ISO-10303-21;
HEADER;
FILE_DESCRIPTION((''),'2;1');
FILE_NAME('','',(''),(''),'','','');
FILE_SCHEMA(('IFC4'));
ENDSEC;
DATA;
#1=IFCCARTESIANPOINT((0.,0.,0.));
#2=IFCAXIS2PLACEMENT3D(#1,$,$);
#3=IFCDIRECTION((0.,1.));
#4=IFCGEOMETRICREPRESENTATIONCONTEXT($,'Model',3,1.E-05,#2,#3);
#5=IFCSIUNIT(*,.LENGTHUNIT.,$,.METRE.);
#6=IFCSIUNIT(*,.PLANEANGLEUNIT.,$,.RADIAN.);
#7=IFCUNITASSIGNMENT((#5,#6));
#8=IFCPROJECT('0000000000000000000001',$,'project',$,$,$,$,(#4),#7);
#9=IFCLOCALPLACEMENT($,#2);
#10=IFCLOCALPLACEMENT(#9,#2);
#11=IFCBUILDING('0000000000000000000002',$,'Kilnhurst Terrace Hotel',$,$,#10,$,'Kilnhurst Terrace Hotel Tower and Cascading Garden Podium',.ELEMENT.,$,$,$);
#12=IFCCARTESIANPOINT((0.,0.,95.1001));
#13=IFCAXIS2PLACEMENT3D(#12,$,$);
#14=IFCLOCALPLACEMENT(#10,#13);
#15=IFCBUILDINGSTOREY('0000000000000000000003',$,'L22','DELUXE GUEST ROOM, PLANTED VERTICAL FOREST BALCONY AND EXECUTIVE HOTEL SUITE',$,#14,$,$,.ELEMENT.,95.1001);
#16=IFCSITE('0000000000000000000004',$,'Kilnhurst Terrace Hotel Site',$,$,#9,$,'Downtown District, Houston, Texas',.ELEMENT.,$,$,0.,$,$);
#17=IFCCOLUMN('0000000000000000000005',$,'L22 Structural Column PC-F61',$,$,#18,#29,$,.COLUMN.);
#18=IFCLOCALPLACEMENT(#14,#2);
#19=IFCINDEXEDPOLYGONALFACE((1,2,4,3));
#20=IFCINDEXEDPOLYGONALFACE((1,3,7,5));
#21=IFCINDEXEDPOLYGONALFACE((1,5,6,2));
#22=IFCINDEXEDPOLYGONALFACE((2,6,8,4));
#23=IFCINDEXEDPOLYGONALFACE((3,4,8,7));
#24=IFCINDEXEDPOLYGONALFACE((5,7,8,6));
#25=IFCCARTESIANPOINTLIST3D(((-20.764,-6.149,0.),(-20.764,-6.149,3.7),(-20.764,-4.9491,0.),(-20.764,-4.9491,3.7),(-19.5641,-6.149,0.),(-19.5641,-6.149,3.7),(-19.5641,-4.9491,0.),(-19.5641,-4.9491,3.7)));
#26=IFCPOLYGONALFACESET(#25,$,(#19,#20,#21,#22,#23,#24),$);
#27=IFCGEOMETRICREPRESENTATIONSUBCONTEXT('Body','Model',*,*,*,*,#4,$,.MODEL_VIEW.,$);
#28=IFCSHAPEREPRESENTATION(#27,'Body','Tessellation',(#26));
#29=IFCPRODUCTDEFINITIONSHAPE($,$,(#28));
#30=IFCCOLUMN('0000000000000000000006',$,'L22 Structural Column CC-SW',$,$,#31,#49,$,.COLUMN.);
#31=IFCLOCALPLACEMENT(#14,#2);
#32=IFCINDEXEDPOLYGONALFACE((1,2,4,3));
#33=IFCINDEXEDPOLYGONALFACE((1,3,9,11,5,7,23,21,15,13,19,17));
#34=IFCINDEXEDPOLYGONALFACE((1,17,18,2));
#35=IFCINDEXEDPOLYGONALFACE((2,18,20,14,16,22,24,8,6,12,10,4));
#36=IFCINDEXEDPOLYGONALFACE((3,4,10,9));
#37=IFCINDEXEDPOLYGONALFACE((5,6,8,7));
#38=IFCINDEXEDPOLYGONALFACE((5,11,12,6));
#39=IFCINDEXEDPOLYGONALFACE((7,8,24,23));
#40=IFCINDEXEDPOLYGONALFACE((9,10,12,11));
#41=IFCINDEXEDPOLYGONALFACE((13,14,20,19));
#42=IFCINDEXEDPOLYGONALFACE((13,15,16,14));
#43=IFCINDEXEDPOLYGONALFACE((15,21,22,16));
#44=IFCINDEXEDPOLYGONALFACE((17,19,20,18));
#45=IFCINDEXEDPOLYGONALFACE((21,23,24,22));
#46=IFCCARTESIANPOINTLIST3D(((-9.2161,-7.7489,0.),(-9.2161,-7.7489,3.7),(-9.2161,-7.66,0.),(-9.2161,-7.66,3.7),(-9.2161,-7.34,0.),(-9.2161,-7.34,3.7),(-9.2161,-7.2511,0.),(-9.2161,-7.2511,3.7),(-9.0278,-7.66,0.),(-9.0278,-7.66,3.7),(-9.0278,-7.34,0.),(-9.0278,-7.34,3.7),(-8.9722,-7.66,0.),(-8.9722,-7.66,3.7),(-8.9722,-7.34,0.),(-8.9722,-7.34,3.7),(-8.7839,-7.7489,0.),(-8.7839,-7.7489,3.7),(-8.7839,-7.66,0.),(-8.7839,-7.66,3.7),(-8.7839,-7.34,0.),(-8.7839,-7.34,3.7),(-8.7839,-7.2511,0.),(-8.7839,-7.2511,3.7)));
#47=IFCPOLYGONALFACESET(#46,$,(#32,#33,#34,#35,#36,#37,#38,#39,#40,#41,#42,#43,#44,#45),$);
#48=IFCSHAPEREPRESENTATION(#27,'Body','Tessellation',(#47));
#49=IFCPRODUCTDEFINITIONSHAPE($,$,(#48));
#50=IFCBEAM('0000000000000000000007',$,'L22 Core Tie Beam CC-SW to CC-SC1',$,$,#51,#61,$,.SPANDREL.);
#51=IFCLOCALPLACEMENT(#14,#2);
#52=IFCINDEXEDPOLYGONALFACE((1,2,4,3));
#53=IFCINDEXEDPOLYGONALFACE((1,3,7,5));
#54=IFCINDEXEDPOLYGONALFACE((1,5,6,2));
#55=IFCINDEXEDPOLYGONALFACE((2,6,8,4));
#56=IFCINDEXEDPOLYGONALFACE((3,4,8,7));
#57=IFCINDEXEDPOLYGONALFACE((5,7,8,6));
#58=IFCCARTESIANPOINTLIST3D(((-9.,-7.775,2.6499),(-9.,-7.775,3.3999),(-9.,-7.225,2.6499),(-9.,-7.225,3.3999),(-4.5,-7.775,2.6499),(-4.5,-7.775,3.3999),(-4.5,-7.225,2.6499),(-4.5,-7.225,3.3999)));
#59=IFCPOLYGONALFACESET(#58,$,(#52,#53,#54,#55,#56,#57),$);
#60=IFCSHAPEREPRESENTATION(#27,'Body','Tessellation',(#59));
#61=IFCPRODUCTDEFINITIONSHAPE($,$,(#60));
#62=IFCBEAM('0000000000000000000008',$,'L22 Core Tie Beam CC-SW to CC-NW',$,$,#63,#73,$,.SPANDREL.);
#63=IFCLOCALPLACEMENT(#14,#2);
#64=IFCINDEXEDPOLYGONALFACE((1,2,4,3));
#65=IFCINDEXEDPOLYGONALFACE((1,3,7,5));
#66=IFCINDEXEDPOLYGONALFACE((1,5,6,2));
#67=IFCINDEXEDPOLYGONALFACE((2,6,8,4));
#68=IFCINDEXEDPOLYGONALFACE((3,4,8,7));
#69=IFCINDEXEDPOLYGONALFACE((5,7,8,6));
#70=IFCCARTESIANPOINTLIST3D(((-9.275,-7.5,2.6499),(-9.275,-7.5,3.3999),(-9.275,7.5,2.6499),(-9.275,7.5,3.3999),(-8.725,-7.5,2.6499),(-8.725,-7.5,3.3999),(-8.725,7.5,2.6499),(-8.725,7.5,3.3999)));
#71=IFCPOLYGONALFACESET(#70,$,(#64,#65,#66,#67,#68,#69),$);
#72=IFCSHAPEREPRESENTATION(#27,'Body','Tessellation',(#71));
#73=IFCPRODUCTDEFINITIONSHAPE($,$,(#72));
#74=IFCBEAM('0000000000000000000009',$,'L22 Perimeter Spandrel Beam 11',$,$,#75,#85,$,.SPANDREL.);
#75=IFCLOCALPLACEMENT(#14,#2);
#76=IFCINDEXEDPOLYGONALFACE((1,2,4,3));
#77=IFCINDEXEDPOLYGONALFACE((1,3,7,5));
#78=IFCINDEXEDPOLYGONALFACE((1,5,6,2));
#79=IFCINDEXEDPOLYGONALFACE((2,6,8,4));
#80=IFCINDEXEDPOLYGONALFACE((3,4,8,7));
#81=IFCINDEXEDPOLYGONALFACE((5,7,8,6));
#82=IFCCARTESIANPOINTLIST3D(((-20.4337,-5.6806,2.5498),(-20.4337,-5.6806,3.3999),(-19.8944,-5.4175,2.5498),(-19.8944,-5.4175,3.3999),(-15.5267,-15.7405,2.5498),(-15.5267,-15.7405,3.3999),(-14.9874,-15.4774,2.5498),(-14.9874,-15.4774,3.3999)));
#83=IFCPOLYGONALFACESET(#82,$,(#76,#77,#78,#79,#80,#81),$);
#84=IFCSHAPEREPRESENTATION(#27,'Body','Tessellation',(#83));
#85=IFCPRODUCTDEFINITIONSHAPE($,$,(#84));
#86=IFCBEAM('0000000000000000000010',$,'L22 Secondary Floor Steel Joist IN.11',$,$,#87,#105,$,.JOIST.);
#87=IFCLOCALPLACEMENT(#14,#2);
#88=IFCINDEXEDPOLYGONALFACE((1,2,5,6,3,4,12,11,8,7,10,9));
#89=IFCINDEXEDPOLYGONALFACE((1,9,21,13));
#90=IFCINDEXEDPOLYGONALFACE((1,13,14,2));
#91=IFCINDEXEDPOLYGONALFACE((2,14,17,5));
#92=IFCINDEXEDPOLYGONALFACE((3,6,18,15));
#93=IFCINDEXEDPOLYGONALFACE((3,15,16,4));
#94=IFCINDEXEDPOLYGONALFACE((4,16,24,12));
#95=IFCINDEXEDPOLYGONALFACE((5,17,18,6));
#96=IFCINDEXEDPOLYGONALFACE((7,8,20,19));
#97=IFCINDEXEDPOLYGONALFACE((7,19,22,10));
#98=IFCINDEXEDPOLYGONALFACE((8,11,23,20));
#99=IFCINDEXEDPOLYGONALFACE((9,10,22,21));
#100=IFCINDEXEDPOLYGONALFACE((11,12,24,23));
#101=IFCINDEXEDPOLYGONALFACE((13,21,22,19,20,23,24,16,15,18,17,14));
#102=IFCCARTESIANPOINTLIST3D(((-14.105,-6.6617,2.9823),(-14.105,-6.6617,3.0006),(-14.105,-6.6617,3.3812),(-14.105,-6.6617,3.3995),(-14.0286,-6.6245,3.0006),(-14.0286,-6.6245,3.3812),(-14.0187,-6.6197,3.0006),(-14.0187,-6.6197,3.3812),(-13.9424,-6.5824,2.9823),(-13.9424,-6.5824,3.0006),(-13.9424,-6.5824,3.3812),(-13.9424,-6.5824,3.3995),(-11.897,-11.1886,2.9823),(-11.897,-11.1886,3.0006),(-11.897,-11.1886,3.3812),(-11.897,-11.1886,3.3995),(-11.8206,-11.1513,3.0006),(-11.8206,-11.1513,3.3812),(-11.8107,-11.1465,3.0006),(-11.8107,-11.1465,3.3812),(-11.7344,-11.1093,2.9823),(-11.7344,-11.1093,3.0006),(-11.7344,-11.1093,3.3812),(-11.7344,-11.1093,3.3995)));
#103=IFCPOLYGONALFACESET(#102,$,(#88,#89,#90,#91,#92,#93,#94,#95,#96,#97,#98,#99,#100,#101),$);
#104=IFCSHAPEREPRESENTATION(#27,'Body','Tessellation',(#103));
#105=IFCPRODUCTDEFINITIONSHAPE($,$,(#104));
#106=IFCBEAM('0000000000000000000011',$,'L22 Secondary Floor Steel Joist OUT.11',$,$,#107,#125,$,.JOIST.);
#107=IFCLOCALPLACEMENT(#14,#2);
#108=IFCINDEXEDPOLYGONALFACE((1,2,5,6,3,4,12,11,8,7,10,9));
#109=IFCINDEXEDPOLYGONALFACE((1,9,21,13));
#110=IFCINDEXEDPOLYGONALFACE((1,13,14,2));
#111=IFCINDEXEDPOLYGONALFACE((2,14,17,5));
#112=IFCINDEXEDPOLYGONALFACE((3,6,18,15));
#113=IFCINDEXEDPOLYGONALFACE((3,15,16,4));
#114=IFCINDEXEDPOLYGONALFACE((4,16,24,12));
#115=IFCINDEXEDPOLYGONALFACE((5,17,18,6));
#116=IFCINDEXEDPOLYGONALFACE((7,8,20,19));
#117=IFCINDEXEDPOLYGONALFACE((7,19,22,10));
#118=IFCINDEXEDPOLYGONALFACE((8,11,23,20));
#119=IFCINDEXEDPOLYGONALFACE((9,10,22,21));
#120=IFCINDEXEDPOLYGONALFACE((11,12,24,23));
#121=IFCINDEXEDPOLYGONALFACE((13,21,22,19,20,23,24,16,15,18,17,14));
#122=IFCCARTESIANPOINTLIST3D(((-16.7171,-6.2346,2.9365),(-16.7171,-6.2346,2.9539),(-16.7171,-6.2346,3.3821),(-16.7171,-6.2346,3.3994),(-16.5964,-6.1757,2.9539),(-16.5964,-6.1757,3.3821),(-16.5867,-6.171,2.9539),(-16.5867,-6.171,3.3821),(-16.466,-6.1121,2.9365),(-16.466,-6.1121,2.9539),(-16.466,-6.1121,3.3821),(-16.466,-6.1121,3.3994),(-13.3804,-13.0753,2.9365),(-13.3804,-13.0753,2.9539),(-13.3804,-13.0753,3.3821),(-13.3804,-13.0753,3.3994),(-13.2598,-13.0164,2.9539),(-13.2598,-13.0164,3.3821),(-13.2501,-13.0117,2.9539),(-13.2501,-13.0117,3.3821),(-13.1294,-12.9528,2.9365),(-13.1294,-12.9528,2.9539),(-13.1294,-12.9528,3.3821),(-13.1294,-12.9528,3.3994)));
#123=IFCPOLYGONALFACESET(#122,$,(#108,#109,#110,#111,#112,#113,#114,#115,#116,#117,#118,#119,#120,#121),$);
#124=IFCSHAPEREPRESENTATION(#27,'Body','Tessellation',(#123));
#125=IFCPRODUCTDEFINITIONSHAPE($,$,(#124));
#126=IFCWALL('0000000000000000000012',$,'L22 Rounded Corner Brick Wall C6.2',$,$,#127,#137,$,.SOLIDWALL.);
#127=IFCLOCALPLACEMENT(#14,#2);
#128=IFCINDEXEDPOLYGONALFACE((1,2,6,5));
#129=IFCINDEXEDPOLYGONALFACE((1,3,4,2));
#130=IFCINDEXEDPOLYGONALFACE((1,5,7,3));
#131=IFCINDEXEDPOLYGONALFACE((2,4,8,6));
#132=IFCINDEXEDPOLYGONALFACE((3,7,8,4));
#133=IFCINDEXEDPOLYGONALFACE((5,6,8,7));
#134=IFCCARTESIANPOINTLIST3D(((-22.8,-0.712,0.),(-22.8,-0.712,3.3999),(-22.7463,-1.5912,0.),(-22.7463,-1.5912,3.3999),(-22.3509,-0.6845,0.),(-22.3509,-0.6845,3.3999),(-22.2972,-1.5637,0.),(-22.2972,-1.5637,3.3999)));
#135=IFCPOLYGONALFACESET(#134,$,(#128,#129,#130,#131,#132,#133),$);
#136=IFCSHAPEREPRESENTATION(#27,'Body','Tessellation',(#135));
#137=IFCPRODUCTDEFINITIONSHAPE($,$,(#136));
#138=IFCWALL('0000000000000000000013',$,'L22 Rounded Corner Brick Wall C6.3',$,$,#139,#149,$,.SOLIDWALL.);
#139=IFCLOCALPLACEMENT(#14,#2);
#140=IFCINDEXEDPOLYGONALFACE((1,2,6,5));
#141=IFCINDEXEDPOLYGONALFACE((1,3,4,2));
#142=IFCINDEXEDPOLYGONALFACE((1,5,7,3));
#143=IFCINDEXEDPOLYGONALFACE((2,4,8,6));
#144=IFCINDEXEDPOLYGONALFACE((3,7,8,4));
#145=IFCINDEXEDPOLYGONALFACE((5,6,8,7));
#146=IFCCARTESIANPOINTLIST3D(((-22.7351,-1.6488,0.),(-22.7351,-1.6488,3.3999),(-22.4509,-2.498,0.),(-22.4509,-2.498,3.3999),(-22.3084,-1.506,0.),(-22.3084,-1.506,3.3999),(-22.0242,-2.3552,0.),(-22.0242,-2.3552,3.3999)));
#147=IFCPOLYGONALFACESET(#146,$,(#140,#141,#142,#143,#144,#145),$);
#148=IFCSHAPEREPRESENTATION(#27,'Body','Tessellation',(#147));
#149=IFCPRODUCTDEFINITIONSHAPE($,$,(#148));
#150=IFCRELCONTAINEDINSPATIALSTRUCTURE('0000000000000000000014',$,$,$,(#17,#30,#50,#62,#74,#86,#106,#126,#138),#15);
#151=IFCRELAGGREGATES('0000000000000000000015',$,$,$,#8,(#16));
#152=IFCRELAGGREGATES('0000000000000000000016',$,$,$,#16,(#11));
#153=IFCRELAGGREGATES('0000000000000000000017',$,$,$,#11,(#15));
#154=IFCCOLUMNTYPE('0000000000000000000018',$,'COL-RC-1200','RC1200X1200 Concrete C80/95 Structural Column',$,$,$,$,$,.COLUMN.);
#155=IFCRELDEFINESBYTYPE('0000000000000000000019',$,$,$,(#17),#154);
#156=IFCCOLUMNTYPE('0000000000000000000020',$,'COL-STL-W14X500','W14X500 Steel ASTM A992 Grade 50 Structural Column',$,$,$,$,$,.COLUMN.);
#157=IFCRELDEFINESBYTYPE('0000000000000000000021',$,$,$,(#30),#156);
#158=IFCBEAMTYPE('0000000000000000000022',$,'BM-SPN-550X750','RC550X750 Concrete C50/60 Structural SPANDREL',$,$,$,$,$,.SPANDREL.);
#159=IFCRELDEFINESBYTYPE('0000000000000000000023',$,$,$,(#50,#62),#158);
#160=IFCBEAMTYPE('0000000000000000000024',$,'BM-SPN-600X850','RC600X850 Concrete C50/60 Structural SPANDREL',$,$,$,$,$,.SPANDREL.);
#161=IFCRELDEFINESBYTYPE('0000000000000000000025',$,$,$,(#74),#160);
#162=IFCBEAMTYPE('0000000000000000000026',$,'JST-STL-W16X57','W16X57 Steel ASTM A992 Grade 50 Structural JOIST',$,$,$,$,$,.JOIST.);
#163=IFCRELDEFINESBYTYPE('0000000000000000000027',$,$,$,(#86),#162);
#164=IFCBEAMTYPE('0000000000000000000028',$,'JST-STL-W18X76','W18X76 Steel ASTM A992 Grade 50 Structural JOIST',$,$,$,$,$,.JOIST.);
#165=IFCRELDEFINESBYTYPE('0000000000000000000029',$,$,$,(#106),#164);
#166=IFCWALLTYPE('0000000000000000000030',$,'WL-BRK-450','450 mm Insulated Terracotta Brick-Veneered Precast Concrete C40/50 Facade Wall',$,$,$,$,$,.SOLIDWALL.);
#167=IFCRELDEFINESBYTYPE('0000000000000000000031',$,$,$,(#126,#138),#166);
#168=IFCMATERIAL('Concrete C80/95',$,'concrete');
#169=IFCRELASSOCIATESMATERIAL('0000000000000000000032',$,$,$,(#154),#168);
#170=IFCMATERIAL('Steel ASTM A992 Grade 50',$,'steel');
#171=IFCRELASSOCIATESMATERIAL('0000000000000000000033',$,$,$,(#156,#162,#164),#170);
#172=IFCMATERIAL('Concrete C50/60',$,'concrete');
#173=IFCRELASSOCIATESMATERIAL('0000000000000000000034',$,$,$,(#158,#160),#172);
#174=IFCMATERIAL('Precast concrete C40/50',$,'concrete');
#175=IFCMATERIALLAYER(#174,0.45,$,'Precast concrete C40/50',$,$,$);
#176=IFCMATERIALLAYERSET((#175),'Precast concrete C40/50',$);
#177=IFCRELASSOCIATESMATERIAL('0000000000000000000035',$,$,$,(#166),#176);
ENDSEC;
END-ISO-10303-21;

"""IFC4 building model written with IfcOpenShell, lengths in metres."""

from ifc_helpers import new_model, si_unit, direction, frame, frame_2d, origin, origin_2d, place, context, subcontext, project, spatial, rectangle, i_section, extrude, material, layer, layer_set, material_profile, profile_set, type_object, element, save


model = new_model("IFC4")

# Units and contexts
model_context = context("Model", 3, precision=1e-05, world=origin(), true_north=direction((0.0, 1.0)))
body_context = subcontext(model_context, "Body", "Model", "MODEL_VIEW")
ifc_project = project(units=[si_unit("LENGTHUNIT", "METRE"), si_unit("PLANEANGLEUNIT", "RADIAN")], contexts=[model_context])

# Site, building, storey
site_placement = place(None, origin())
site = spatial("IfcSite", under=ifc_project, at=site_placement, Name="Kilnhurst Terrace Hotel Site", LongName="Downtown District, Houston, Texas", CompositionType="ELEMENT", RefElevation=0.0)
building_placement = place(site_placement, origin())
building = spatial("IfcBuilding", under=site, at=building_placement, Name="Kilnhurst Terrace Hotel", LongName="Kilnhurst Terrace Hotel Tower and Cascading Garden Podium", CompositionType="ELEMENT")
storey_placement = place(building_placement, frame((0.0, 0.0, 95.1001)))
storey = spatial("IfcBuildingStorey", under=building, at=storey_placement, Name="L22", Description="DELUXE GUEST ROOM, PLANTED VERTICAL FOREST BALCONY AND EXECUTIVE HOTEL SUITE", CompositionType="ELEMENT", Elevation=95.1001)

# Columns
ifc_material_1 = material(Name="Concrete C80/95", Category="concrete")
ifc_material_profile_1 = material_profile(ifc_material_1, rectangle(XDim=1.2, YDim=1.2, at=origin_2d()), Name="RC1200X1200")
ifc_profile_set_1 = profile_set([ifc_material_profile_1], Name="Concrete C80/95")
column_type_1 = type_object("IfcColumnType", Name="COL-RC-1200", Description="RC1200X1200 Concrete C80/95 Structural Column", PredefinedType="COLUMN", material=ifc_profile_set_1)
column_1_placement = place(storey_placement, frame((-20.1641, -5.5491, 0.0), z_axis=(0.0, 0.0, 1.0), x_axis=(1.0, 0.0, 0.0)))
element("IfcColumn", 1, at=column_1_placement, inside=storey, type_object=column_type_1, Name="L22 Structural Column PC-F61", PredefinedType="COLUMN", context=body_context, shape_type="SweptSolid", body=[
    extrude(rectangle(XDim=1.2, YDim=1.2, at=origin_2d()), origin(), (0.0, 0.0, 1.0), 3.7),
])
ifc_material_2 = material(Name="Steel ASTM A992 Grade 50", Category="steel")
ifc_material_profile_2 = material_profile(ifc_material_2, i_section(OverallWidth=0.4321, OverallDepth=0.4978, WebThickness=0.0557, FlangeThickness=0.0889, at=origin_2d()), Name="W14X500")
ifc_profile_set_2 = profile_set([ifc_material_profile_2], Name="Steel ASTM A992 Grade 50")
column_type_2 = type_object("IfcColumnType", Name="COL-STL-W14X500", Description="W14X500 Steel ASTM A992 Grade 50 Structural Column", PredefinedType="COLUMN", material=ifc_profile_set_2)
column_2_placement = place(storey_placement, frame((-9.0, -7.5, 0.0), z_axis=(0.0, 0.0, 1.0), x_axis=(1.0, 0.0, 0.0)))
element("IfcColumn", 2, at=column_2_placement, inside=storey, type_object=column_type_2, Name="L22 Structural Column CC-SW", PredefinedType="COLUMN", context=body_context, shape_type="SweptSolid", body=[
    extrude(i_section(OverallWidth=0.4321, OverallDepth=0.4978, WebThickness=0.0557, FlangeThickness=0.0889, at=origin_2d()), origin(), (0.0, 0.0, 1.0), 3.7),
])

# Beams
ifc_material_3 = material(Name="Concrete C50/60", Category="concrete")
ifc_material_profile_3 = material_profile(ifc_material_3, rectangle(XDim=0.55, YDim=0.75, at=origin_2d()), Name="RC550X750")
ifc_profile_set_3 = profile_set([ifc_material_profile_3], Name="Concrete C50/60")
beam_type_1 = type_object("IfcBeamType", Name="BM-SPN-550X750", Description="RC550X750 Concrete C50/60 Structural SPANDREL", PredefinedType="SPANDREL", material=ifc_profile_set_3)
beam_1_placement = place(storey_placement, frame((-9.0, -7.5, 3.0249), z_axis=(1.0, 0.0, 0.0), x_axis=(0.0, 1.0, 0.0)))
element("IfcBeam", 3, at=beam_1_placement, inside=storey, type_object=beam_type_1, Name="L22 Core Tie Beam CC-SW to CC-SC1", PredefinedType="SPANDREL", context=body_context, shape_type="SweptSolid", body=[
    extrude(rectangle(XDim=0.55, YDim=0.75, at=origin_2d()), origin(), (0.0, 0.0, 1.0), 4.5),
])
beam_2_placement = place(storey_placement, frame((-9.0, -7.5, 3.0249), z_axis=(0.0, 1.0, 0.0), x_axis=(-1.0, 0.0, 0.0)))
element("IfcBeam", 4, at=beam_2_placement, inside=storey, type_object=beam_type_1, Name="L22 Core Tie Beam CC-SW to CC-NW", PredefinedType="SPANDREL", context=body_context, shape_type="SweptSolid", body=[
    extrude(rectangle(XDim=0.55, YDim=0.75, at=origin_2d()), origin(), (0.0, 0.0, 1.0), 15.0),
])
ifc_material_profile_4 = material_profile(ifc_material_3, rectangle(XDim=0.6001, YDim=0.8501, at=origin_2d()), Name="RC600X850")
ifc_profile_set_4 = profile_set([ifc_material_profile_4], Name="Concrete C50/60")
beam_type_2 = type_object("IfcBeamType", Name="BM-SPN-600X850", Description="RC600X850 Concrete C50/60 Structural SPANDREL", PredefinedType="SPANDREL", material=ifc_profile_set_4)
beam_3_placement = place(storey_placement, frame((-20.1641, -5.5491, 2.9749), z_axis=(0.438406, -0.898777, 0.0), x_axis=(0.898777, 0.438406, 0.0)))
element("IfcBeam", 5, at=beam_3_placement, inside=storey, type_object=beam_type_2, Name="L22 Perimeter Spandrel Beam 11", PredefinedType="SPANDREL", context=body_context, shape_type="SweptSolid", body=[
    extrude(rectangle(XDim=0.6001, YDim=0.8501, at=origin_2d()), origin(), (0.0, 0.0, 1.0), 11.1929),
])
ifc_material_profile_5 = material_profile(ifc_material_2, i_section(OverallWidth=0.1809, OverallDepth=0.4172, WebThickness=0.011, FlangeThickness=0.0183, at=origin_2d()), Name="W16X57")
ifc_profile_set_5 = profile_set([ifc_material_profile_5], Name="Steel ASTM A992 Grade 50")
beam_type_3 = type_object("IfcBeamType", Name="JST-STL-W16X57", Description="W16X57 Steel ASTM A992 Grade 50 Structural JOIST", PredefinedType="JOIST", material=ifc_profile_set_5)
beam_4_placement = place(storey_placement, frame((-14.0237, -6.6221, 3.1909), z_axis=(0.438389, -0.898785, 0.0), x_axis=(0.898785, 0.438389, 0.0)))
element("IfcBeam", 6, at=beam_4_placement, inside=storey, type_object=beam_type_3, Name="L22 Secondary Floor Steel Joist IN.11", PredefinedType="JOIST", context=body_context, shape_type="SweptSolid", body=[
    extrude(i_section(OverallWidth=0.1809, OverallDepth=0.4172, WebThickness=0.011, FlangeThickness=0.0183, at=origin_2d()), origin(), (0.0, 0.0, 1.0), 5.0366),
])
ifc_material_profile_6 = material_profile(ifc_material_2, i_section(OverallWidth=0.2793, OverallDepth=0.4629, WebThickness=0.0107, FlangeThickness=0.0173, at=origin_2d()), Name="W18X76")
ifc_profile_set_6 = profile_set([ifc_material_profile_6], Name="Steel ASTM A992 Grade 50")
beam_type_4 = type_object("IfcBeamType", Name="JST-STL-W18X76", Description="W18X76 Steel ASTM A992 Grade 50 Structural JOIST", PredefinedType="JOIST", material=ifc_profile_set_6)
beam_5_placement = place(storey_placement, frame((-16.5916, -6.1733, 3.168), z_axis=(0.43839, -0.898785, 0.0), x_axis=(0.898785, 0.43839, 0.0)))
element("IfcBeam", 7, at=beam_5_placement, inside=storey, type_object=beam_type_4, Name="L22 Secondary Floor Steel Joist OUT.11", PredefinedType="JOIST", context=body_context, shape_type="SweptSolid", body=[
    extrude(i_section(OverallWidth=0.2793, OverallDepth=0.4629, WebThickness=0.0107, FlangeThickness=0.0173, at=origin_2d()), origin(), (0.0, 0.0, 1.0), 7.6111),
])

# Walls
ifc_material_4 = material(Name="Precast concrete C40/50", Category="concrete")
ifc_layer_1 = layer(ifc_material_4, 0.45, Name="Precast concrete C40/50")
ifc_layer_set_1 = layer_set([ifc_layer_1], Name="Precast concrete C40/50")
wall_type_1 = type_object("IfcWallType", Name="WL-BRK-450", Description="450 mm Insulated Terracotta Brick-Veneered Precast Concrete C40/50 Facade Wall", PredefinedType="SOLIDWALL", material=ifc_layer_set_1)
wall_1_placement = place(storey_placement, frame((-22.5754, -0.6982, 0.0), z_axis=(0.0, 0.0, 1.0), x_axis=(0.06098, -0.998139, 0.0)))
element("IfcWall", 8, at=wall_1_placement, inside=storey, type_object=wall_type_1, Name="L22 Rounded Corner Brick Wall C6.2", PredefinedType="SOLIDWALL", context=body_context, shape_type="SweptSolid", body=[
    extrude(rectangle(XDim=0.8809, YDim=0.45, at=frame_2d((0.4404, 0.0))), origin(), (0.0, 0.0, 1.0), 3.3999),
])
wall_2_placement = place(storey_placement, frame((-22.5217, -1.5774, 0.0), z_axis=(0.0, 0.0, 1.0), x_axis=(0.317373, -0.948301, 0.0)))
element("IfcWall", 9, at=wall_2_placement, inside=storey, type_object=wall_type_1, Name="L22 Rounded Corner Brick Wall C6.3", PredefinedType="SOLIDWALL", context=body_context, shape_type="SweptSolid", body=[
    extrude(rectangle(XDim=0.8955, YDim=0.45, at=frame_2d((0.4478, 0.0))), origin(), (0.0, 0.0, 1.0), 3.3999),
])

save(model, "model.ifc")
